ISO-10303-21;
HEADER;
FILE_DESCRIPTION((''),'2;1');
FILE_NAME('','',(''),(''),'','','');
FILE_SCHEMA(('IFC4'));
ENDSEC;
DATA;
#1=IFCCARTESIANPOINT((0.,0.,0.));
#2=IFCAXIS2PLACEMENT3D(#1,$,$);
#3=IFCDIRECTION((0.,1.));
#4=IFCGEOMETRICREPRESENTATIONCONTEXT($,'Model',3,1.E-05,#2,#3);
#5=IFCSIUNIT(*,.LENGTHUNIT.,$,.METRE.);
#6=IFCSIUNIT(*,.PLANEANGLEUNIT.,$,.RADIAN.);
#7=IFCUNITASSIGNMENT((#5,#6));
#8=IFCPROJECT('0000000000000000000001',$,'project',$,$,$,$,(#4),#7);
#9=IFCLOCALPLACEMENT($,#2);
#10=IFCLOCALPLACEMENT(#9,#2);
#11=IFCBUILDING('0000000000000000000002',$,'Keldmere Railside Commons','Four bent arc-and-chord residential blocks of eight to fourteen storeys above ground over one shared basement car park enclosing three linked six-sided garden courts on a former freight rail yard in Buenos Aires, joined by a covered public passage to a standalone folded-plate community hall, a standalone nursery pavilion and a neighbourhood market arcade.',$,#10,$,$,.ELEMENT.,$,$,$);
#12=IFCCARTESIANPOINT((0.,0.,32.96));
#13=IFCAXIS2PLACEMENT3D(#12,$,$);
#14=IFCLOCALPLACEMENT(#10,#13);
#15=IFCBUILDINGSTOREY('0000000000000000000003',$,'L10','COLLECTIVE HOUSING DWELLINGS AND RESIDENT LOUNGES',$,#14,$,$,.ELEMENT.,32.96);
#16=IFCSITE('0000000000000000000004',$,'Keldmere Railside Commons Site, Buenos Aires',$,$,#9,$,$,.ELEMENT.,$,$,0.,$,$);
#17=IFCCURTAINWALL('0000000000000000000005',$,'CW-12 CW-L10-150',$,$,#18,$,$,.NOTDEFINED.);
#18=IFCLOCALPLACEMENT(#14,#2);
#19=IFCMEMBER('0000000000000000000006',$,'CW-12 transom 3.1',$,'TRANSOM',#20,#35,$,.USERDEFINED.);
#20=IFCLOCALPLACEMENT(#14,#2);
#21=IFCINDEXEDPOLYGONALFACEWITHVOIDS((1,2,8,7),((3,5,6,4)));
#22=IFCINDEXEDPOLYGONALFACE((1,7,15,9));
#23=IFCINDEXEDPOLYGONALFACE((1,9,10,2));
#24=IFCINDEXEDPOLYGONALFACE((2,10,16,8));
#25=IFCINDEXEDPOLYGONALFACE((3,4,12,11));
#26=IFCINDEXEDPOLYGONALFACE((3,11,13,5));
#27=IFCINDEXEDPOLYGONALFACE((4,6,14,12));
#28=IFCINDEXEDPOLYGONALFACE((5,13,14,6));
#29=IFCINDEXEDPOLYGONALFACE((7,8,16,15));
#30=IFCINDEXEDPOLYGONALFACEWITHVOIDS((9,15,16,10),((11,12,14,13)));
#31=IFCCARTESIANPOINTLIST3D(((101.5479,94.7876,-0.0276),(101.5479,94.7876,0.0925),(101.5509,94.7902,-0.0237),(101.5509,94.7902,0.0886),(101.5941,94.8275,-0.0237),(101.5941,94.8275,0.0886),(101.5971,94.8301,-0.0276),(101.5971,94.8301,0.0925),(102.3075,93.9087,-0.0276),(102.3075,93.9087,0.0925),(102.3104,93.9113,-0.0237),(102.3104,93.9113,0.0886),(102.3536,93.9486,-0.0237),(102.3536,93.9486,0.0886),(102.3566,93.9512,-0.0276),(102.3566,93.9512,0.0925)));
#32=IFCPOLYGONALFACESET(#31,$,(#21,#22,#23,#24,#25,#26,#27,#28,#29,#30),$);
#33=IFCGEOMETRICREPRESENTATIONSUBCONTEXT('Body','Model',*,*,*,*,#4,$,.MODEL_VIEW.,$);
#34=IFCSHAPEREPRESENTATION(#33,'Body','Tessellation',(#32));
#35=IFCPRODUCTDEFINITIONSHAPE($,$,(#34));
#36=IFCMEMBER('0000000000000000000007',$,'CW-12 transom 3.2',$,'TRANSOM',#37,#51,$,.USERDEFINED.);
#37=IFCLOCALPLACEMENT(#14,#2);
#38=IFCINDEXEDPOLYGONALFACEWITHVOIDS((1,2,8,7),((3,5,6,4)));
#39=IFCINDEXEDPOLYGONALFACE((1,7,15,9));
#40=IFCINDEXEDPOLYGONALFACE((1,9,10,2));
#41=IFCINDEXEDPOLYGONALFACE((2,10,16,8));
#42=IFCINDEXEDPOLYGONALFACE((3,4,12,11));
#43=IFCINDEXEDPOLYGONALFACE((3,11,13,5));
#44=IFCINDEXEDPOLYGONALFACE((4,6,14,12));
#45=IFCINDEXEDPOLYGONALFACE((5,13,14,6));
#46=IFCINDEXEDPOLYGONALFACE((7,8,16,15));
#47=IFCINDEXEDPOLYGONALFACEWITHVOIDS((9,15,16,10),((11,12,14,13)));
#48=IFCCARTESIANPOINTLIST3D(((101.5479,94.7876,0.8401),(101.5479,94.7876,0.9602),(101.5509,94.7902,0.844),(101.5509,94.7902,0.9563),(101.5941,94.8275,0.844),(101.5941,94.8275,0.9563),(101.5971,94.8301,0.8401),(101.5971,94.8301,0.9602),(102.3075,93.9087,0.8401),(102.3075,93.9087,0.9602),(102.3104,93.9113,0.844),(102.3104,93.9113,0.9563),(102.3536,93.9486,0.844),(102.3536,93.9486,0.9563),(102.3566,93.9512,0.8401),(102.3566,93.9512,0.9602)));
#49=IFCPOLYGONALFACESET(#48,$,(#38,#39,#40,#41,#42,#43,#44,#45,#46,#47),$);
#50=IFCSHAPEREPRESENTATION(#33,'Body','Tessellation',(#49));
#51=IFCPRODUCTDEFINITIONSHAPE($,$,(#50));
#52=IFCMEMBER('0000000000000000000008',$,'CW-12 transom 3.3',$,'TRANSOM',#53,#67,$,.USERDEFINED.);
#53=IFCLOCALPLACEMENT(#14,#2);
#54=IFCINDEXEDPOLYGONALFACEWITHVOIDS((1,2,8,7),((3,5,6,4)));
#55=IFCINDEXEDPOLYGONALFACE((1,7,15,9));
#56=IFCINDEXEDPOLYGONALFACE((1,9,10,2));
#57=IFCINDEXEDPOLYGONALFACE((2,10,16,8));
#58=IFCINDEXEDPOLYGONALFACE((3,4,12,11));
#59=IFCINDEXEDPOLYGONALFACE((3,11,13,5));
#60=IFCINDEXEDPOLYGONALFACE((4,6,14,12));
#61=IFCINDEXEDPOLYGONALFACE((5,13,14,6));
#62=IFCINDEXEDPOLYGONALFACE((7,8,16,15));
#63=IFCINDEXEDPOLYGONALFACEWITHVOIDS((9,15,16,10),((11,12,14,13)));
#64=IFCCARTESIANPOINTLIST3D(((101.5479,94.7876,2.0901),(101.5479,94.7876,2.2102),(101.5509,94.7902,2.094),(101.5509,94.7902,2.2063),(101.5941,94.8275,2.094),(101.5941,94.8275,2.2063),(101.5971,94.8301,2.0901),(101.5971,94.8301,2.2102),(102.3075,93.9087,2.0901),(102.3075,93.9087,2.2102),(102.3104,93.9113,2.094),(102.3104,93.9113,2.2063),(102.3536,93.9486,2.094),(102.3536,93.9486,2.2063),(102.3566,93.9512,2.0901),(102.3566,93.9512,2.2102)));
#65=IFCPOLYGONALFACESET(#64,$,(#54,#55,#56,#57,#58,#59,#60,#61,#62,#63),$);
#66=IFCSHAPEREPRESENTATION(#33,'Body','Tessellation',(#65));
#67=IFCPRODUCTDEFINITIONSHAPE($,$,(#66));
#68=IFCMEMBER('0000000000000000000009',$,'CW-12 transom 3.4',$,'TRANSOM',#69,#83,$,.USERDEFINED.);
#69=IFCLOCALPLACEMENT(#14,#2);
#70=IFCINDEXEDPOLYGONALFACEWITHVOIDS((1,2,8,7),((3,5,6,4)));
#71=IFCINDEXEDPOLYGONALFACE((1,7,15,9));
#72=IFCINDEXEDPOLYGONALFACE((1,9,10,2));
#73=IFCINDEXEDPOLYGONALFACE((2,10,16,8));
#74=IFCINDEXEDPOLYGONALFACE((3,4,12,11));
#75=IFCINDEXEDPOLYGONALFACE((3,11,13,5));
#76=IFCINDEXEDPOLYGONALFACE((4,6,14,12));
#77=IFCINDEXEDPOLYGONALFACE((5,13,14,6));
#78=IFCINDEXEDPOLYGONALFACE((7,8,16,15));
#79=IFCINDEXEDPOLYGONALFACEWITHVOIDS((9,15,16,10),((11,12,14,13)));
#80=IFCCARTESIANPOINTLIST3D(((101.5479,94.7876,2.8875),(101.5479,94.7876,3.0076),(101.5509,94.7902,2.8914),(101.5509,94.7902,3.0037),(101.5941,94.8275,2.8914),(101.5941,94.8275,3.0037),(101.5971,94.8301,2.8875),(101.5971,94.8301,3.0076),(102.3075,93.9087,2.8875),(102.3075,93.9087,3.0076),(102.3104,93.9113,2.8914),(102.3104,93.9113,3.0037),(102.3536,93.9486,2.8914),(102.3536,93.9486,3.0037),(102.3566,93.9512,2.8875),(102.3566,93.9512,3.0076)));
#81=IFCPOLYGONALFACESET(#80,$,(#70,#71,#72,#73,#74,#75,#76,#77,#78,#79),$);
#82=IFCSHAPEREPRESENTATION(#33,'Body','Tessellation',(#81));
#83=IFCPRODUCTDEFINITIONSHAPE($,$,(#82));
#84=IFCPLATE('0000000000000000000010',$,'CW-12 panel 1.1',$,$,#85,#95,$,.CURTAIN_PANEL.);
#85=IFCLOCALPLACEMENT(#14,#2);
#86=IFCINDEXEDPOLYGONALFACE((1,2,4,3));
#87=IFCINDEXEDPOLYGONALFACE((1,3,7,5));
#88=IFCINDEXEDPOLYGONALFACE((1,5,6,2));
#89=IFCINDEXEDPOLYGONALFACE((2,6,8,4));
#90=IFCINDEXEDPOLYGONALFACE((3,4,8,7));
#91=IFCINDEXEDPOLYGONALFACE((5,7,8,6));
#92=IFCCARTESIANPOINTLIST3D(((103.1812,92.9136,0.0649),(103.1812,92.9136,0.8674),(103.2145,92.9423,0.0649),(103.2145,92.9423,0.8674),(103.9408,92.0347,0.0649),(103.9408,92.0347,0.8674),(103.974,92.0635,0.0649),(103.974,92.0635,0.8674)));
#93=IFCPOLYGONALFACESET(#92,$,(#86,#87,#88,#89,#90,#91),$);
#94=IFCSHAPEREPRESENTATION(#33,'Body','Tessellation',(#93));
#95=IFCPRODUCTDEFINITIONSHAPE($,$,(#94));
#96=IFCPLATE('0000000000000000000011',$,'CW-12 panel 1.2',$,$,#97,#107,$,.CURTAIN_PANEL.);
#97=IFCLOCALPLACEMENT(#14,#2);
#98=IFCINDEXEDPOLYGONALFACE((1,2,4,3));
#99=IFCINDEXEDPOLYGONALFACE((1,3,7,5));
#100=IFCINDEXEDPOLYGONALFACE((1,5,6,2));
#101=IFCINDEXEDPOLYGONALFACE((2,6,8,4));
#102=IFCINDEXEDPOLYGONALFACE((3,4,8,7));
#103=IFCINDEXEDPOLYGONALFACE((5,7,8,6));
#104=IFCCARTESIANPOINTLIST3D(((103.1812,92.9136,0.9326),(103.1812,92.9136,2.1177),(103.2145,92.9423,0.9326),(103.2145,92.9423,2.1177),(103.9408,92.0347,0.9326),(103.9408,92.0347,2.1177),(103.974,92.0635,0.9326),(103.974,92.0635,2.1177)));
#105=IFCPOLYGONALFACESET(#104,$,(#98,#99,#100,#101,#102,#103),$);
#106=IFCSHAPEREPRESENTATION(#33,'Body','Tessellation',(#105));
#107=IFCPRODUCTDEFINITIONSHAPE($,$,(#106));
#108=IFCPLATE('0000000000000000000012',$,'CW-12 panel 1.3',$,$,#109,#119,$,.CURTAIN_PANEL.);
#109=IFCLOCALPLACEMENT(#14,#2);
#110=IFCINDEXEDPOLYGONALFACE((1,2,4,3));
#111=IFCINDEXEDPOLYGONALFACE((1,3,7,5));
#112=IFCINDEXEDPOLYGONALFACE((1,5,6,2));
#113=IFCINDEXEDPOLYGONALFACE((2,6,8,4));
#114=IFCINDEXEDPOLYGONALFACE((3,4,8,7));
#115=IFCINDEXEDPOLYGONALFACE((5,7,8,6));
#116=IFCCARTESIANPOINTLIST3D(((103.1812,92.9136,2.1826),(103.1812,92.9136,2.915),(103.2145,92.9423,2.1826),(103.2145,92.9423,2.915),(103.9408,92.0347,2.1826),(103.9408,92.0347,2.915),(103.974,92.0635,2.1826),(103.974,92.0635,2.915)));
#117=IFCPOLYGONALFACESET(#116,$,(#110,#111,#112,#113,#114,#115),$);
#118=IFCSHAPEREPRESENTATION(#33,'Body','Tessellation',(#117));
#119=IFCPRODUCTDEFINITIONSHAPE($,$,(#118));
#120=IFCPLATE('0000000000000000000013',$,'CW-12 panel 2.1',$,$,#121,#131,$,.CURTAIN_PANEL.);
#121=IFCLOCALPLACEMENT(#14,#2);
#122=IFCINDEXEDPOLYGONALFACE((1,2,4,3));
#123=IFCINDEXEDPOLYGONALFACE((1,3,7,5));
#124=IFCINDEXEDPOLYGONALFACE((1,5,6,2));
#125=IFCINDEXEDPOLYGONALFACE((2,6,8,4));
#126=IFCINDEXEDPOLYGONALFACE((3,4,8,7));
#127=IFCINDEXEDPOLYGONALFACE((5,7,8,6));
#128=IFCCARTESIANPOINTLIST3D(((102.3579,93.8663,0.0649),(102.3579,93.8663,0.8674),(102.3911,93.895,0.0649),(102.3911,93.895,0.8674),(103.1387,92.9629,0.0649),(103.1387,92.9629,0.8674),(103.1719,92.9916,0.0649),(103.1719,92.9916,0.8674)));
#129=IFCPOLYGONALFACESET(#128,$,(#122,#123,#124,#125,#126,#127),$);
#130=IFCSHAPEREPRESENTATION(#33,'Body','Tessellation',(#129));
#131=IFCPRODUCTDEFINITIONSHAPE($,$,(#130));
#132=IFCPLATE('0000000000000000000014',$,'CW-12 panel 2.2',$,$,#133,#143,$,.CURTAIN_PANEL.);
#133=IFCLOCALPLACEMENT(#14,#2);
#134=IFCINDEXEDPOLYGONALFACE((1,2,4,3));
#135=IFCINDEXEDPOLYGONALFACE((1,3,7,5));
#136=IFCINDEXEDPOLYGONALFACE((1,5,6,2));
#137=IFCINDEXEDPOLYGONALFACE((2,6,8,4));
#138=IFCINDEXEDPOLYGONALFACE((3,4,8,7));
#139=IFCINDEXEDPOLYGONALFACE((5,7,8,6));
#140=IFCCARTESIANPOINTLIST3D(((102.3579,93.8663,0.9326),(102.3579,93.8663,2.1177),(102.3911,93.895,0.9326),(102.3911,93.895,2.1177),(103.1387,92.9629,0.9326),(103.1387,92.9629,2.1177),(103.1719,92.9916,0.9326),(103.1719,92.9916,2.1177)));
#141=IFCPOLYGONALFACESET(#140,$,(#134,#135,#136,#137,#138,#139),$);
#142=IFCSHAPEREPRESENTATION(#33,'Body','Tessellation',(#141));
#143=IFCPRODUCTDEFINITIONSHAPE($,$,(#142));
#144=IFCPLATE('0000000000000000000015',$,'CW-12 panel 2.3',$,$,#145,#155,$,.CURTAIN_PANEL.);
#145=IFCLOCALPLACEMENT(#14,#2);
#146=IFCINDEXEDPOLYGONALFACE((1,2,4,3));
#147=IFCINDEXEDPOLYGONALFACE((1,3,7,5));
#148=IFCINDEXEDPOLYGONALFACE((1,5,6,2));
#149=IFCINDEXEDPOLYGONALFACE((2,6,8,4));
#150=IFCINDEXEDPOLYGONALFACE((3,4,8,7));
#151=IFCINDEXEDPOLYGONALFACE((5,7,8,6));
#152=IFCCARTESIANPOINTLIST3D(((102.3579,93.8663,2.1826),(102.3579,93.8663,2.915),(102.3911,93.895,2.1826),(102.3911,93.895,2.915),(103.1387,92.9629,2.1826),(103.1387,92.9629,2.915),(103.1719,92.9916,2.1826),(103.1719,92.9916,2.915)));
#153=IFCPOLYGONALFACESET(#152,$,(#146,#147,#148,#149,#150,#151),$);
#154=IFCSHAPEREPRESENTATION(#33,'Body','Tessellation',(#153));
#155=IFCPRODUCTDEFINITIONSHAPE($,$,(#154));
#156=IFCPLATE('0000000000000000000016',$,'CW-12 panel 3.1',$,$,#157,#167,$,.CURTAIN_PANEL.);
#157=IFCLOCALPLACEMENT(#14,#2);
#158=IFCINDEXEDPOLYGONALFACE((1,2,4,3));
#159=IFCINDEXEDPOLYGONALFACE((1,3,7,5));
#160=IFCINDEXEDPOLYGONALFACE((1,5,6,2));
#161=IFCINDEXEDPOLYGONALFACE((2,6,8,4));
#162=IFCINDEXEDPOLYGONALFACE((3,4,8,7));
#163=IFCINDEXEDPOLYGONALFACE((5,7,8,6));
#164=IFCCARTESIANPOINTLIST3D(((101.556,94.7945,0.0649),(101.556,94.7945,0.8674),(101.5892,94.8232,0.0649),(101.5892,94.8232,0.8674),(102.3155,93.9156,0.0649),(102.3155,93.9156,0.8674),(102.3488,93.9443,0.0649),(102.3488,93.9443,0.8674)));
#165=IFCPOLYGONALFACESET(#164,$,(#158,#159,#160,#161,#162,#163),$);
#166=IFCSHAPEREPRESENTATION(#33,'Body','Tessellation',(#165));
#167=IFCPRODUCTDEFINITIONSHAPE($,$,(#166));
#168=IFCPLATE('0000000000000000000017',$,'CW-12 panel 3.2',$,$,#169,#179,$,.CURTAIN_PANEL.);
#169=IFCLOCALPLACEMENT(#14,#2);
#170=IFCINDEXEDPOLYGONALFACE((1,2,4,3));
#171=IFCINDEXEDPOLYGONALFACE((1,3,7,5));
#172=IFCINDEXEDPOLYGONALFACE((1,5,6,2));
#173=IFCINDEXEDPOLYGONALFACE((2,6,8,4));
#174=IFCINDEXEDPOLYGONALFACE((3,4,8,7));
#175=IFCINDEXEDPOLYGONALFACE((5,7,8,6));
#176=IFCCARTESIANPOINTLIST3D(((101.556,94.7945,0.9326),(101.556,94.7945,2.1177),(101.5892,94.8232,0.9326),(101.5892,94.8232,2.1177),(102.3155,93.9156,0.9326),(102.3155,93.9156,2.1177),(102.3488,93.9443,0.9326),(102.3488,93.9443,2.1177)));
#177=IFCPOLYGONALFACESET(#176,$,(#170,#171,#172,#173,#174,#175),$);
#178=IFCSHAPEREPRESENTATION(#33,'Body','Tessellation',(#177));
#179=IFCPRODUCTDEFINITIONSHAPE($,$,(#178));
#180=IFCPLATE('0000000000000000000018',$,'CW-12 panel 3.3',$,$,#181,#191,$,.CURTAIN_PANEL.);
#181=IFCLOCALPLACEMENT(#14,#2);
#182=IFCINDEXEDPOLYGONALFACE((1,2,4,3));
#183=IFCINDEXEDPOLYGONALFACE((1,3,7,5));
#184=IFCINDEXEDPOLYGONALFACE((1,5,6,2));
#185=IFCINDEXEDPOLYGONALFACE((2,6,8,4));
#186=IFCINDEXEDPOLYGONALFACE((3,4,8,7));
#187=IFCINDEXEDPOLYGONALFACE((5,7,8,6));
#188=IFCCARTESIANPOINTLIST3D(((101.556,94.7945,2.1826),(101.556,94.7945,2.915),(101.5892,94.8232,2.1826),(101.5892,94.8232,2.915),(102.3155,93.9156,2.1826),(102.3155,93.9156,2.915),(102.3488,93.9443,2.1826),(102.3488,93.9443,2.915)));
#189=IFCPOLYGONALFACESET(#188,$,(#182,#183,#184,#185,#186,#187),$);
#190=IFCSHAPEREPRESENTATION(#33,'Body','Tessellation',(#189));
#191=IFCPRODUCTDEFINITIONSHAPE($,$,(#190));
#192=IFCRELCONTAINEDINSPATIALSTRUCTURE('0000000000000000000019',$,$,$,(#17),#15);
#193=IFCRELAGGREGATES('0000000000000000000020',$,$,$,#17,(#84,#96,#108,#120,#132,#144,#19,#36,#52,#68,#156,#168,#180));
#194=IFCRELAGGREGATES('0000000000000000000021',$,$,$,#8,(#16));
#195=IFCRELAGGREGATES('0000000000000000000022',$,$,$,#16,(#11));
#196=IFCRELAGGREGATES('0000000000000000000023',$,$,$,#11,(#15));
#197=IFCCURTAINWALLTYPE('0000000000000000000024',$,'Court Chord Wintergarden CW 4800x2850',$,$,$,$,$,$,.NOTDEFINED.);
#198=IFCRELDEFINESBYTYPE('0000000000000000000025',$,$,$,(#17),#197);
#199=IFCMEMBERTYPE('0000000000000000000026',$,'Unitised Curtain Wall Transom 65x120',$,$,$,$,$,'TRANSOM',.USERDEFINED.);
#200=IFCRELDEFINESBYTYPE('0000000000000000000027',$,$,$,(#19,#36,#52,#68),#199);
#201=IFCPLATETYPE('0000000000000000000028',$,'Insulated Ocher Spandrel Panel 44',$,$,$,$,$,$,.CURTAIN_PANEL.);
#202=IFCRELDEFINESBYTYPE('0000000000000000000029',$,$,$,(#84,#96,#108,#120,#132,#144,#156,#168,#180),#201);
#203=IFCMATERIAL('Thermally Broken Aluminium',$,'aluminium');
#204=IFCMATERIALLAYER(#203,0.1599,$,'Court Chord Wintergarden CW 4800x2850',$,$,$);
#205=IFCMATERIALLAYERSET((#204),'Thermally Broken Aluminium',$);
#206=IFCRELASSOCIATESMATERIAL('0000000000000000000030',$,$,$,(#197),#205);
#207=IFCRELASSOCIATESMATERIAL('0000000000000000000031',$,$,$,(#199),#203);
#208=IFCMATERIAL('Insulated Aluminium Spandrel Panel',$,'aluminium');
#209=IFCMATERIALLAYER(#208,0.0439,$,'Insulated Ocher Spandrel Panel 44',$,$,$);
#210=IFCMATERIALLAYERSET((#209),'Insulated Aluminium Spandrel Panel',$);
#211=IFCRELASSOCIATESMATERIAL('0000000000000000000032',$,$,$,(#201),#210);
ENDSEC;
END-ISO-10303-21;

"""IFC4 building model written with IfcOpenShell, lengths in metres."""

from ifc_helpers import new_model, si_unit, direction, frame, origin, origin_2d, place, context, subcontext, project, spatial, rectangle, hollow_rectangle, extrude, material, layer, layer_set, material_profile, profile_set, type_object, element, aggregate, save


model = new_model("IFC4")

# Units and contexts
model_context = context("Model", 3, precision=1e-05, world=origin(), true_north=direction((0.0, 1.0)))
body_context = subcontext(model_context, "Body", "Model", "MODEL_VIEW")
ifc_project = project(units=[si_unit("LENGTHUNIT", "METRE"), si_unit("PLANEANGLEUNIT", "RADIAN")], contexts=[model_context])

# Site, building, storey
site_placement = place(None, origin())
site = spatial("IfcSite", under=ifc_project, at=site_placement, Name="Keldmere Railside Commons Site, Buenos Aires", CompositionType="ELEMENT", RefElevation=0.0)
building_placement = place(site_placement, origin())
building = spatial("IfcBuilding", under=site, at=building_placement, Name="Keldmere Railside Commons", Description="Four bent arc-and-chord residential blocks of eight to fourteen storeys above ground over one shared basement car park enclosing three linked six-sided garden courts on a former freight rail yard in Buenos Aires, joined by a covered public passage to a standalone folded-plate community hall, a standalone nursery pavilion and a neighbourhood market arcade.", CompositionType="ELEMENT")
storey_placement = place(building_placement, frame((0.0, 0.0, 32.96)))
storey = spatial("IfcBuildingStorey", under=building, at=storey_placement, Name="L10", Description="COLLECTIVE HOUSING DWELLINGS AND RESIDENT LOUNGES", CompositionType="ELEMENT", Elevation=32.96)

# Curtain wall, members, plates
ifc_material_1 = material(Name="Thermally Broken Aluminium", Category="aluminium")
ifc_layer_1 = layer(ifc_material_1, 0.1599, Name="Court Chord Wintergarden CW 4800x2850")
ifc_layer_set_1 = layer_set([ifc_layer_1], Name="Thermally Broken Aluminium")
curtain_wall_type = type_object("IfcCurtainWallType", Name="Court Chord Wintergarden CW 4800x2850", PredefinedType="NOTDEFINED", material=ifc_layer_set_1)
curtain_wall_placement = place(storey_placement, origin())
curtain_wall = element("IfcCurtainWall", 1, at=curtain_wall_placement, inside=storey, type_object=curtain_wall_type, Name="CW-12 CW-L10-150", PredefinedType="NOTDEFINED")
ifc_material_profile_1 = material_profile(ifc_material_1, hollow_rectangle(XDim=0.0649, YDim=0.1201, WallThickness=0.0039, at=origin_2d()), Name="ALU-TRAN-65x120")
ifc_profile_set_1 = profile_set([ifc_material_profile_1], Name="Thermally Broken Aluminium")
member_type_1 = type_object("IfcMemberType", Name="Unitised Curtain Wall Transom 65x120", ElementType="TRANSOM", PredefinedType="USERDEFINED", material=ifc_profile_set_1)
member_1_placement = place(storey_placement, frame((102.332, 93.9299, 0.0325), z_axis=(-0.65385, 0.756624, 0.0), x_axis=(-0.756624, -0.65385, 0.0)))
member_1 = element("IfcMember", 2, at=member_1_placement, type_object=member_type_1, Name="CW-12 transom 3.1", ObjectType="TRANSOM", PredefinedType="USERDEFINED", context=body_context, shape_type="SweptSolid", body=[
    extrude(hollow_rectangle(XDim=0.0649, YDim=0.1201, WallThickness=0.0039, at=origin_2d()), origin(), (0.0, 0.0, 1.0), 1.1616),
])
member_2_placement = place(storey_placement, frame((102.332, 93.9299, 0.9001), z_axis=(-0.65385, 0.756624, 0.0), x_axis=(-0.756624, -0.65385, 0.0)))
member_2 = element("IfcMember", 3, at=member_2_placement, type_object=member_type_1, Name="CW-12 transom 3.2", ObjectType="TRANSOM", PredefinedType="USERDEFINED", context=body_context, shape_type="SweptSolid", body=[
    extrude(hollow_rectangle(XDim=0.0649, YDim=0.1201, WallThickness=0.0039, at=origin_2d()), origin(), (0.0, 0.0, 1.0), 1.1616),
])
member_3_placement = place(storey_placement, frame((102.332, 93.9299, 2.1501), z_axis=(-0.65385, 0.756624, 0.0), x_axis=(-0.756624, -0.65385, 0.0)))
member_3 = element("IfcMember", 4, at=member_3_placement, type_object=member_type_1, Name="CW-12 transom 3.3", ObjectType="TRANSOM", PredefinedType="USERDEFINED", context=body_context, shape_type="SweptSolid", body=[
    extrude(hollow_rectangle(XDim=0.0649, YDim=0.1201, WallThickness=0.0039, at=origin_2d()), origin(), (0.0, 0.0, 1.0), 1.1616),
])
member_4_placement = place(storey_placement, frame((102.332, 93.9299, 2.9475), z_axis=(-0.65385, 0.756624, 0.0), x_axis=(-0.756624, -0.65385, 0.0)))
member_4 = element("IfcMember", 5, at=member_4_placement, type_object=member_type_1, Name="CW-12 transom 3.4", ObjectType="TRANSOM", PredefinedType="USERDEFINED", context=body_context, shape_type="SweptSolid", body=[
    extrude(hollow_rectangle(XDim=0.0649, YDim=0.1201, WallThickness=0.0039, at=origin_2d()), origin(), (0.0, 0.0, 1.0), 1.1616),
])
ifc_material_2 = material(Name="Insulated Aluminium Spandrel Panel", Category="aluminium")
ifc_layer_2 = layer(ifc_material_2, 0.0439, Name="Insulated Ocher Spandrel Panel 44")
ifc_layer_set_2 = layer_set([ifc_layer_2], Name="Insulated Aluminium Spandrel Panel")
plate_type = type_object("IfcPlateType", Name="Insulated Ocher Spandrel Panel 44", PredefinedType="CURTAIN_PANEL", material=ifc_layer_set_2)
plate_1_placement = place(storey_placement, frame((103.5776, 92.4885, 0.0649), z_axis=(0.0, 0.0, 1.0), x_axis=(-0.653882, 0.756597, 0.0)))
plate_1 = element("IfcPlate", 6, at=plate_1_placement, type_object=plate_type, Name="CW-12 panel 1.1", PredefinedType="CURTAIN_PANEL", context=body_context, shape_type="SweptSolid", body=[
    extrude(rectangle(XDim=1.1616, YDim=0.0439, at=origin_2d()), origin(), (0.0, 0.0, 1.0), 0.8025),
])
plate_2_placement = place(storey_placement, frame((103.5776, 92.4885, 0.9326), z_axis=(0.0, 0.0, 1.0), x_axis=(-0.653882, 0.756597, 0.0)))
plate_2 = element("IfcPlate", 7, at=plate_2_placement, type_object=plate_type, Name="CW-12 panel 1.2", PredefinedType="CURTAIN_PANEL", context=body_context, shape_type="SweptSolid", body=[
    extrude(rectangle(XDim=1.1616, YDim=0.0439, at=origin_2d()), origin(), (0.0, 0.0, 1.0), 1.1851),
])
plate_3_placement = place(storey_placement, frame((103.5776, 92.4885, 2.1826), z_axis=(0.0, 0.0, 1.0), x_axis=(-0.653882, 0.756597, 0.0)))
plate_3 = element("IfcPlate", 8, at=plate_3_placement, type_object=plate_type, Name="CW-12 panel 1.3", PredefinedType="CURTAIN_PANEL", context=body_context, shape_type="SweptSolid", body=[
    extrude(rectangle(XDim=1.1616, YDim=0.0439, at=origin_2d()), origin(), (0.0, 0.0, 1.0), 0.7324),
])
plate_4_placement = place(storey_placement, frame((102.7649, 93.429, 0.0649), z_axis=(0.0, 0.0, 1.0), x_axis=(-0.653882, 0.756597, 0.0)))
plate_4 = element("IfcPlate", 9, at=plate_4_placement, type_object=plate_type, Name="CW-12 panel 2.1", PredefinedType="CURTAIN_PANEL", context=body_context, shape_type="SweptSolid", body=[
    extrude(rectangle(XDim=1.1941, YDim=0.0439, at=origin_2d()), origin(), (0.0, 0.0, 1.0), 0.8025),
])
plate_5_placement = place(storey_placement, frame((102.7649, 93.429, 0.9326), z_axis=(0.0, 0.0, 1.0), x_axis=(-0.653882, 0.756597, 0.0)))
plate_5 = element("IfcPlate", 10, at=plate_5_placement, type_object=plate_type, Name="CW-12 panel 2.2", PredefinedType="CURTAIN_PANEL", context=body_context, shape_type="SweptSolid", body=[
    extrude(rectangle(XDim=1.1941, YDim=0.0439, at=origin_2d()), origin(), (0.0, 0.0, 1.0), 1.1851),
])
plate_6_placement = place(storey_placement, frame((102.7649, 93.429, 2.1826), z_axis=(0.0, 0.0, 1.0), x_axis=(-0.653882, 0.756597, 0.0)))
plate_6 = element("IfcPlate", 11, at=plate_6_placement, type_object=plate_type, Name="CW-12 panel 2.3", PredefinedType="CURTAIN_PANEL", context=body_context, shape_type="SweptSolid", body=[
    extrude(rectangle(XDim=1.1941, YDim=0.0439, at=origin_2d()), origin(), (0.0, 0.0, 1.0), 0.7324),
])
plate_7_placement = place(storey_placement, frame((101.9524, 94.3694, 0.0649), z_axis=(0.0, 0.0, 1.0), x_axis=(-0.653882, 0.756597, 0.0)))
plate_7 = element("IfcPlate", 12, at=plate_7_placement, type_object=plate_type, Name="CW-12 panel 3.1", PredefinedType="CURTAIN_PANEL", context=body_context, shape_type="SweptSolid", body=[
    extrude(rectangle(XDim=1.1616, YDim=0.0439, at=origin_2d()), origin(), (0.0, 0.0, 1.0), 0.8025),
])
plate_8_placement = place(storey_placement, frame((101.9524, 94.3694, 0.9326), z_axis=(0.0, 0.0, 1.0), x_axis=(-0.653882, 0.756597, 0.0)))
plate_8 = element("IfcPlate", 13, at=plate_8_placement, type_object=plate_type, Name="CW-12 panel 3.2", PredefinedType="CURTAIN_PANEL", context=body_context, shape_type="SweptSolid", body=[
    extrude(rectangle(XDim=1.1616, YDim=0.0439, at=origin_2d()), origin(), (0.0, 0.0, 1.0), 1.1851),
])
plate_9_placement = place(storey_placement, frame((101.9524, 94.3694, 2.1826), z_axis=(0.0, 0.0, 1.0), x_axis=(-0.653882, 0.756597, 0.0)))
plate_9 = element("IfcPlate", 14, at=plate_9_placement, type_object=plate_type, Name="CW-12 panel 3.3", PredefinedType="CURTAIN_PANEL", context=body_context, shape_type="SweptSolid", body=[
    extrude(rectangle(XDim=1.1616, YDim=0.0439, at=origin_2d()), origin(), (0.0, 0.0, 1.0), 0.7324),
])
aggregate(curtain_wall, [plate_1, plate_2, plate_3, plate_4, plate_5, plate_6, member_1, member_2, member_3, member_4, plate_7, plate_8, plate_9])

save(model, "model.ifc")
